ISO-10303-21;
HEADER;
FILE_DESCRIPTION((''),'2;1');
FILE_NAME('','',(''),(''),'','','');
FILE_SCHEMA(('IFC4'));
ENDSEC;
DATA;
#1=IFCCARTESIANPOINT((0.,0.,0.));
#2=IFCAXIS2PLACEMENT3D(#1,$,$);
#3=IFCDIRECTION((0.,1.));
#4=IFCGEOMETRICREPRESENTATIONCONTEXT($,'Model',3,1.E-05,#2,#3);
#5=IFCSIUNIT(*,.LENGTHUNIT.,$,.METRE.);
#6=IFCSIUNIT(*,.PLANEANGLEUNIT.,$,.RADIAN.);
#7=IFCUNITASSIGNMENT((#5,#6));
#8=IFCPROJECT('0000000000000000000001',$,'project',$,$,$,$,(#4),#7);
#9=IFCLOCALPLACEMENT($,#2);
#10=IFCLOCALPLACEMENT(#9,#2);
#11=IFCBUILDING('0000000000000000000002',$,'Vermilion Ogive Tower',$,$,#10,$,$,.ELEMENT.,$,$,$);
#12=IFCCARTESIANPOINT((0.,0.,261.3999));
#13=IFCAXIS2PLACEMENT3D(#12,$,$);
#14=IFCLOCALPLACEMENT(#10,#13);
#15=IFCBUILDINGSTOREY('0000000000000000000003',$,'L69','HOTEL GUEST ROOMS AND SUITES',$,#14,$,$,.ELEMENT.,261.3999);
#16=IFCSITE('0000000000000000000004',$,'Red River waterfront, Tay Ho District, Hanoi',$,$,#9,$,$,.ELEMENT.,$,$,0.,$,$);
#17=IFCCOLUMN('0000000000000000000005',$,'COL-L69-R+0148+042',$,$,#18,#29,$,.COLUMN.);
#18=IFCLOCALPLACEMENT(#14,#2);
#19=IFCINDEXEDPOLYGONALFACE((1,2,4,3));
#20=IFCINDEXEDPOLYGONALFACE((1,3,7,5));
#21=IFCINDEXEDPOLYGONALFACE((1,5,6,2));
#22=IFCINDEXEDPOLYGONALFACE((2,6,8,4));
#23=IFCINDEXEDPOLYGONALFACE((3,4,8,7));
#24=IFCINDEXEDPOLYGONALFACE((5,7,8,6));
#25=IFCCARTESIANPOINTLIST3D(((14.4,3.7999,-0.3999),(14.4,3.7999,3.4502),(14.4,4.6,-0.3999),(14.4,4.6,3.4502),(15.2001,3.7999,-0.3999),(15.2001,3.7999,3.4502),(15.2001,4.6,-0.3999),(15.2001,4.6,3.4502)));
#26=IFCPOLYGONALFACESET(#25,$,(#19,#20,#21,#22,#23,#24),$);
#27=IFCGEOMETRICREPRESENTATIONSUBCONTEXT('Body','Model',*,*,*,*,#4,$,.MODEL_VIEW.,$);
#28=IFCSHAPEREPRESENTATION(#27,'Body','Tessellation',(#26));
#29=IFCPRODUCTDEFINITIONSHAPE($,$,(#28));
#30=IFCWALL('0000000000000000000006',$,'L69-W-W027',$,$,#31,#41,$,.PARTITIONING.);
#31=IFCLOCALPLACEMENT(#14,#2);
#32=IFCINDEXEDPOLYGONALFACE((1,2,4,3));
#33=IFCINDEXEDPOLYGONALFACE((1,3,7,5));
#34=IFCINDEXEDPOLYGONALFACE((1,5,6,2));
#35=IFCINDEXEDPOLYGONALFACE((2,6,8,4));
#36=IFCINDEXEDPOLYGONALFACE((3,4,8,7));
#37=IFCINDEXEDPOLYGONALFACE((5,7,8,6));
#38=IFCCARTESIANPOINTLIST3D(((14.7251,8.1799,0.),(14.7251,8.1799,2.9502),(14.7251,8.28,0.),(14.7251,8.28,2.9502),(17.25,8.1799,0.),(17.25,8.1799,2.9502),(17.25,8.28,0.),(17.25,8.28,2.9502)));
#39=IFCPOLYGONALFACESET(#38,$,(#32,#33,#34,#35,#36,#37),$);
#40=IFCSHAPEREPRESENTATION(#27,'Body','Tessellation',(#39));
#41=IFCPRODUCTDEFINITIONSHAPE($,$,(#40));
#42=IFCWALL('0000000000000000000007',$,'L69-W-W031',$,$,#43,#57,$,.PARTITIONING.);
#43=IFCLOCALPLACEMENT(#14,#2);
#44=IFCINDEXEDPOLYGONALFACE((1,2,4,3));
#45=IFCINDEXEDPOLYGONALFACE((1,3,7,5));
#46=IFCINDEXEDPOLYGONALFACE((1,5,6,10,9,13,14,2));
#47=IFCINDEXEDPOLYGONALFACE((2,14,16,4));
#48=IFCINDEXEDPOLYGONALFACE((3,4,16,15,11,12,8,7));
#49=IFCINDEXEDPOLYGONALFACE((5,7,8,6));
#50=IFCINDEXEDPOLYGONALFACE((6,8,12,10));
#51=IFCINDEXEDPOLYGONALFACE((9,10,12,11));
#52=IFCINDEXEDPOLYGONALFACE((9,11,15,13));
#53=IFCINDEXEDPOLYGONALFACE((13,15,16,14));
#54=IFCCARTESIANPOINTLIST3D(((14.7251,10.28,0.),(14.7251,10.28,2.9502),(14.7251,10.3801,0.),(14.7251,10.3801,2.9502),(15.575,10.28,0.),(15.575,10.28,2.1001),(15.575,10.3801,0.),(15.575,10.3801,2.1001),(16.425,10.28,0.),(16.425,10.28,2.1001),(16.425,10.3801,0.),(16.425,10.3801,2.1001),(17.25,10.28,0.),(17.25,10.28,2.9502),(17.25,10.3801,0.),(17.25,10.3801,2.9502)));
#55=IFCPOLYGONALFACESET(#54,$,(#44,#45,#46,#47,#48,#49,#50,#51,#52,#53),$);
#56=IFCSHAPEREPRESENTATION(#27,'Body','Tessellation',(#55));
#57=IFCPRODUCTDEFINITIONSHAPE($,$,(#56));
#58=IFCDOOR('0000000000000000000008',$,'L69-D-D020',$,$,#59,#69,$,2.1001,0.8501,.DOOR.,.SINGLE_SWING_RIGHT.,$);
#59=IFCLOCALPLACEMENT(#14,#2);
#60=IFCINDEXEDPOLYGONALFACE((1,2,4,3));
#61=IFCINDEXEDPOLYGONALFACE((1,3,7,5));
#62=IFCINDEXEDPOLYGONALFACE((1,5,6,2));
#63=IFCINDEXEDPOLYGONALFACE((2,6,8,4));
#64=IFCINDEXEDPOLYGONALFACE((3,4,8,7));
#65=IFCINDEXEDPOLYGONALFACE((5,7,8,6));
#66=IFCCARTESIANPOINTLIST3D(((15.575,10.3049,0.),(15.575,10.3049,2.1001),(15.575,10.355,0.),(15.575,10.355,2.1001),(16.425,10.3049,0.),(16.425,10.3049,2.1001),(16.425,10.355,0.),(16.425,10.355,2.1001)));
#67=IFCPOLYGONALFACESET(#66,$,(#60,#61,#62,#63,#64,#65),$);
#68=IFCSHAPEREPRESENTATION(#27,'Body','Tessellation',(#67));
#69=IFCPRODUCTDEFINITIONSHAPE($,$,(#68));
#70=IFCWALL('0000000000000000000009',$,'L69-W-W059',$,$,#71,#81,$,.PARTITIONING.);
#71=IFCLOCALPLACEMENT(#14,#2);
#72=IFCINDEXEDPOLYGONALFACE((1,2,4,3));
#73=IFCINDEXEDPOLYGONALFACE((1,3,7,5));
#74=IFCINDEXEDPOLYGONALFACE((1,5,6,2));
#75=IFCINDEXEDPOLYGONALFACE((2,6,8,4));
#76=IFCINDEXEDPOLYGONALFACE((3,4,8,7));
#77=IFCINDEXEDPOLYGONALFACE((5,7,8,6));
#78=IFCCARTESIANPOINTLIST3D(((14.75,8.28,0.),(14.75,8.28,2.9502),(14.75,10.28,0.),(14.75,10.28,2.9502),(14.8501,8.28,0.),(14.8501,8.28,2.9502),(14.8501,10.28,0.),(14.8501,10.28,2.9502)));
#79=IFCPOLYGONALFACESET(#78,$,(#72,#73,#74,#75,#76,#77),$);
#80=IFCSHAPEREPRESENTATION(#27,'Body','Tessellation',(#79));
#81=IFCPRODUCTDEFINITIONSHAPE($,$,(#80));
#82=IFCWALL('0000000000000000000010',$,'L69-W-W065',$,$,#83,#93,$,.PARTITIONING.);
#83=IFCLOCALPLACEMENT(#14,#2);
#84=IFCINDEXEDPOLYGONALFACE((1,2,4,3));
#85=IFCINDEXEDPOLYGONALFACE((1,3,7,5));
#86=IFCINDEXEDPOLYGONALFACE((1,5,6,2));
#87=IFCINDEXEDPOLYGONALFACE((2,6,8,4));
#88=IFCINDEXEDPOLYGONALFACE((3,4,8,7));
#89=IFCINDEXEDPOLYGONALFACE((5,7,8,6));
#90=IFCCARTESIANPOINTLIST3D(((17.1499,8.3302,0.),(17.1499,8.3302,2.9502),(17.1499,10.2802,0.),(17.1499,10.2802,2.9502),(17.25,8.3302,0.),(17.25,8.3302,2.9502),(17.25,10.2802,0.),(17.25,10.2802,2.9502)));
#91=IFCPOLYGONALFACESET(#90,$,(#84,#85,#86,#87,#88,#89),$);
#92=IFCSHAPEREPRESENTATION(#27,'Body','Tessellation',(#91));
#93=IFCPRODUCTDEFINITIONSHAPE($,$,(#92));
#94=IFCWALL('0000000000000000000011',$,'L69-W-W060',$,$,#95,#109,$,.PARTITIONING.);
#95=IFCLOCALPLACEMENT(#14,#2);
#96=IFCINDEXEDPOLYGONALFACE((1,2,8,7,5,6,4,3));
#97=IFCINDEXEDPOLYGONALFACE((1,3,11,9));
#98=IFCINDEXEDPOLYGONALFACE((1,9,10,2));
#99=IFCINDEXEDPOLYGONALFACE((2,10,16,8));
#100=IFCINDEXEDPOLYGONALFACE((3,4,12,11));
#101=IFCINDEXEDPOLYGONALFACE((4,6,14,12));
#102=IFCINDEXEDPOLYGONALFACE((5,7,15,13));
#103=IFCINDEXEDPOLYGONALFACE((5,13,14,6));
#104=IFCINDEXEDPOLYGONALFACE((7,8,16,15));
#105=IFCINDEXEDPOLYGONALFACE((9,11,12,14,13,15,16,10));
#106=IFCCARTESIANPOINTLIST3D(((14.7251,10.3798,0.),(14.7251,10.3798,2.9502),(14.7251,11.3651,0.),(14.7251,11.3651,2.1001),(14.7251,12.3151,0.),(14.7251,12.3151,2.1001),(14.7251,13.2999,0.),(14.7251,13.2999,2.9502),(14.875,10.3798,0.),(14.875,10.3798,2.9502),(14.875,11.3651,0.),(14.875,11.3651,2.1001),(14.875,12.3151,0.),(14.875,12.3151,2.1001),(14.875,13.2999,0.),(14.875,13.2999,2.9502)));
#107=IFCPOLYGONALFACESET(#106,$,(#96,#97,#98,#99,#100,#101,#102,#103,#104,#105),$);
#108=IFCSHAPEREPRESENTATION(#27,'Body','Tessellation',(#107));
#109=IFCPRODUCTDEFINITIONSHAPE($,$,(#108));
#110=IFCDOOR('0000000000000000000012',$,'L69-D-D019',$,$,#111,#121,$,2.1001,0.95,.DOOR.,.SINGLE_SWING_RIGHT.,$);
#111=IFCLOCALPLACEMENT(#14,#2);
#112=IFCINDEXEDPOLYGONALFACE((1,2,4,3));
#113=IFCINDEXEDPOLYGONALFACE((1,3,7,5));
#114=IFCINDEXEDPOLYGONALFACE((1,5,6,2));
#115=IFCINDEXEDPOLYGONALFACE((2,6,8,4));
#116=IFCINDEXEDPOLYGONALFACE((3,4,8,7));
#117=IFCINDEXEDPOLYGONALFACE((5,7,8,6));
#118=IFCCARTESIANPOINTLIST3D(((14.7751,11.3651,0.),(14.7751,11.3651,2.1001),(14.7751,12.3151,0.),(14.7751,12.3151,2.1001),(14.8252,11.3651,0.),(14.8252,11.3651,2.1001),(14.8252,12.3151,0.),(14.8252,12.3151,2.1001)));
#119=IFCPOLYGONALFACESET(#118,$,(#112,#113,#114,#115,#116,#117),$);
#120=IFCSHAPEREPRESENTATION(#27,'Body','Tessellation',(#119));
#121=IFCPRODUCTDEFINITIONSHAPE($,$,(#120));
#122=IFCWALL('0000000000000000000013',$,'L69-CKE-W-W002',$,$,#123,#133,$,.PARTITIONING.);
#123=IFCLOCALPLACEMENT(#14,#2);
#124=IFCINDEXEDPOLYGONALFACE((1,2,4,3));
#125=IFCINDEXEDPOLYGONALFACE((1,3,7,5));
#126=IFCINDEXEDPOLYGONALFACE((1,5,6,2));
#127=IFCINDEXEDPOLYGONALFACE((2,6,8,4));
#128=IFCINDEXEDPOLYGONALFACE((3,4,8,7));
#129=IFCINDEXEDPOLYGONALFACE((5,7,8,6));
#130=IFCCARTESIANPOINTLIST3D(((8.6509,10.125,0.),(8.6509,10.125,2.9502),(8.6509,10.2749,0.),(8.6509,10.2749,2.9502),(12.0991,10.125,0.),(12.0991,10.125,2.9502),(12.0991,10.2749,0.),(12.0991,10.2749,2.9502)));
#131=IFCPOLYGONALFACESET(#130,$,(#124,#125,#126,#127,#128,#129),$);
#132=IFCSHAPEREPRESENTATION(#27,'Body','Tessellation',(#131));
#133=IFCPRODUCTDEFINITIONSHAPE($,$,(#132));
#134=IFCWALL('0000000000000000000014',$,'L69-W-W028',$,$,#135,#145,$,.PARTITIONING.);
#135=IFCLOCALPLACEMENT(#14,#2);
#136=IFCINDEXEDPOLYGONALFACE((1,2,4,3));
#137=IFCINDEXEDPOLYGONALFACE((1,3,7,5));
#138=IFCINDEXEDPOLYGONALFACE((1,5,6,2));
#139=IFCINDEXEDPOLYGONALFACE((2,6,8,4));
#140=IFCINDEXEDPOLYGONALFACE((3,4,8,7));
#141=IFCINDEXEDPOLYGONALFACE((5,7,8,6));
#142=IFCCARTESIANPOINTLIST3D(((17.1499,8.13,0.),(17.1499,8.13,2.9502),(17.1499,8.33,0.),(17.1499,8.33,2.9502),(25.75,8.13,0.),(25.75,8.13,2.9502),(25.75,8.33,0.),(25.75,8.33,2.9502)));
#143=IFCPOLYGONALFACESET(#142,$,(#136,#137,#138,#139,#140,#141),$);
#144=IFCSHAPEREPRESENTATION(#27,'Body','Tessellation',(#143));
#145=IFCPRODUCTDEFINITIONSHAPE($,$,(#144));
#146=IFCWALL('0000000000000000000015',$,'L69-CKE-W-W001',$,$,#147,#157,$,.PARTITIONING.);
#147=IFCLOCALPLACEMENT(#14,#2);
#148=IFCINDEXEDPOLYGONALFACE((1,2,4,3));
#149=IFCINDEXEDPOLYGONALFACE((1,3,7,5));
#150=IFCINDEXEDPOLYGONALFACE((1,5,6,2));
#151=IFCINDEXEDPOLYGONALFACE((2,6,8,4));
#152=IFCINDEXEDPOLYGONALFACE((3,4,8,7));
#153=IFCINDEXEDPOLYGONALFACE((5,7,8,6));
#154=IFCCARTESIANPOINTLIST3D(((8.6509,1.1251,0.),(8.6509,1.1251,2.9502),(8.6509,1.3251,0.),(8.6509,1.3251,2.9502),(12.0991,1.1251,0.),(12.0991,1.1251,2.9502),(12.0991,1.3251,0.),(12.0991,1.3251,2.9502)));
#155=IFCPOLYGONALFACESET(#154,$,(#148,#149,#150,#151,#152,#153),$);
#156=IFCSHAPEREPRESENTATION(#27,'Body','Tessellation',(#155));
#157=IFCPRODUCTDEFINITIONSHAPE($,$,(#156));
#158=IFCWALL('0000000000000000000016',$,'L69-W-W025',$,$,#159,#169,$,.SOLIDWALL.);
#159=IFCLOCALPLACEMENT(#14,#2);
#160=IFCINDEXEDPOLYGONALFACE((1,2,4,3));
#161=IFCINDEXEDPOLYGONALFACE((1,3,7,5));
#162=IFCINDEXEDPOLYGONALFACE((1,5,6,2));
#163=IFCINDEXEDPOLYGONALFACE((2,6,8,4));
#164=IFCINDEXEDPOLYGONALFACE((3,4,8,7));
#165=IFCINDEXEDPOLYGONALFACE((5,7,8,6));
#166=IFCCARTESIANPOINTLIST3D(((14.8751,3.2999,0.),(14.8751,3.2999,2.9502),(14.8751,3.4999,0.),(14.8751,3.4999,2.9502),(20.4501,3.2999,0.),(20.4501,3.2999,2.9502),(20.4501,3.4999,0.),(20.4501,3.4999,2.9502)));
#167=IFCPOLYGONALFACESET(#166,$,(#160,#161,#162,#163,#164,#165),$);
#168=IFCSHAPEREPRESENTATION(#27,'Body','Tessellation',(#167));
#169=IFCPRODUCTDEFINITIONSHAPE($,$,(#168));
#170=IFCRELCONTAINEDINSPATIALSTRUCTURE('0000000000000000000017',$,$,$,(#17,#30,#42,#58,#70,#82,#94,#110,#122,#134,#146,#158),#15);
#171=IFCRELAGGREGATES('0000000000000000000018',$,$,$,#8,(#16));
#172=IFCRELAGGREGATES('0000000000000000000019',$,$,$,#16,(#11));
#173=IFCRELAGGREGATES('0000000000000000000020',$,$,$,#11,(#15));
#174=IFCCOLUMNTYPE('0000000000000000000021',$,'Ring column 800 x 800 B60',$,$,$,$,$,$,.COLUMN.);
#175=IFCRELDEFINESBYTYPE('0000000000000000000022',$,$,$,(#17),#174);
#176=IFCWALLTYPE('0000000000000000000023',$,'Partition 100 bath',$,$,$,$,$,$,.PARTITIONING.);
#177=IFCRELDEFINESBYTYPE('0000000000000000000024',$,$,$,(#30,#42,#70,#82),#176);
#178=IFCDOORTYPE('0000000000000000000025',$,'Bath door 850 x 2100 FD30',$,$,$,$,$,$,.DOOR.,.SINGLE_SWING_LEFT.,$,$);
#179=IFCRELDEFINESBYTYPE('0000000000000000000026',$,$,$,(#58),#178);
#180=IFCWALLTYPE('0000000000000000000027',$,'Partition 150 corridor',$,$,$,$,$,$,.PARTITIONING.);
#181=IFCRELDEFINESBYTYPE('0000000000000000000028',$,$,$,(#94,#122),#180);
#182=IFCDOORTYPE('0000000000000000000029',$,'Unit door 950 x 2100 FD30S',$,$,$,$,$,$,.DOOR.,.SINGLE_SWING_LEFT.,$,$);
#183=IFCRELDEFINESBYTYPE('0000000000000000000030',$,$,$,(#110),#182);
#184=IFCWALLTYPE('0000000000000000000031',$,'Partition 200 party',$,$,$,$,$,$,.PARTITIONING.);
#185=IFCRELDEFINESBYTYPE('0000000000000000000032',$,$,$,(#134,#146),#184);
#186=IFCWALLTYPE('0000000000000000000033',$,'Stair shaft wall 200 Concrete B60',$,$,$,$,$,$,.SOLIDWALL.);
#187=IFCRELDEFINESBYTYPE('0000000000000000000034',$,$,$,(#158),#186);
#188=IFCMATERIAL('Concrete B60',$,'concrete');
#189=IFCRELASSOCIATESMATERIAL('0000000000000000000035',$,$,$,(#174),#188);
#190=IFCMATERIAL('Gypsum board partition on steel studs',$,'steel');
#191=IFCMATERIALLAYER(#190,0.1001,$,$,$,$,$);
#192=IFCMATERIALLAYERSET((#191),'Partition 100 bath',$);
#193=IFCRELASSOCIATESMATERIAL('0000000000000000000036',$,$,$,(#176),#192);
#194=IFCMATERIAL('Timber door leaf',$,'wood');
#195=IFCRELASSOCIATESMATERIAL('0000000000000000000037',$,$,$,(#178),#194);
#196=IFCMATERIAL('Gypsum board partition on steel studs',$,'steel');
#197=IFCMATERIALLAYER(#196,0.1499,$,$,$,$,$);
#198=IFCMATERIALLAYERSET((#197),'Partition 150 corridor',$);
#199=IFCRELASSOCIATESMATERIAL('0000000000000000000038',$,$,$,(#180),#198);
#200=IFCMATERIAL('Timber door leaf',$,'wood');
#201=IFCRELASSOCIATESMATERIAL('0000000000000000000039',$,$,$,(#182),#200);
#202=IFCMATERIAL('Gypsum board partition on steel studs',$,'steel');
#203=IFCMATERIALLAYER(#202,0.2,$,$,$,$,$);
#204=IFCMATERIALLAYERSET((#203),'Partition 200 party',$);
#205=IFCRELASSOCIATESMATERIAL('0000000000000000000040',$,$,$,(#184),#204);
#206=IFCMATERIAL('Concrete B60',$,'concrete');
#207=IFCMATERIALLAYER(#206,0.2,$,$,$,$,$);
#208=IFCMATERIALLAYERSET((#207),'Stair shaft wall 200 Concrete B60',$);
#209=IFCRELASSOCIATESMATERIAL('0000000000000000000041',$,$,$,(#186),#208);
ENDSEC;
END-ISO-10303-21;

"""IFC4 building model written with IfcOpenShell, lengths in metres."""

from ifc_helpers import new_model, si_unit, direction, frame, frame_2d, origin, origin_2d, place, context, subcontext, project, spatial, rectangle, extrude, material, layer, layer_set, material_profile, profile_set, type_object, element, fill, save


model = new_model("IFC4")

# Units and contexts
model_context = context("Model", 3, precision=1e-05, world=origin(), true_north=direction((0.0, 1.0)))
body_context = subcontext(model_context, "Body", "Model", "MODEL_VIEW")
ifc_project = project(units=[si_unit("LENGTHUNIT", "METRE"), si_unit("PLANEANGLEUNIT", "RADIAN")], contexts=[model_context])

# Site, building, storey
site_placement = place(None, origin())
site = spatial("IfcSite", under=ifc_project, at=site_placement, Name="Red River waterfront, Tay Ho District, Hanoi", CompositionType="ELEMENT", RefElevation=0.0)
building_placement = place(site_placement, origin())
building = spatial("IfcBuilding", under=site, at=building_placement, Name="Vermilion Ogive Tower", CompositionType="ELEMENT")
storey_placement = place(building_placement, frame((0.0, 0.0, 261.3999)))
storey = spatial("IfcBuildingStorey", under=building, at=storey_placement, Name="L69", Description="HOTEL GUEST ROOMS AND SUITES", CompositionType="ELEMENT", Elevation=261.3999)

# Column
ifc_material_1 = material(Name="Concrete B60", Category="concrete")
ifc_material_profile = material_profile(ifc_material_1, rectangle(XDim=0.8, YDim=0.8, at=origin_2d()), Name="800 x 800")
ifc_profile_set = profile_set([ifc_material_profile], Name="Concrete B60")
column_type = type_object("IfcColumnType", Name="Ring column 800 x 800 B60", PredefinedType="COLUMN", material=ifc_profile_set)
column_placement = place(storey_placement, frame((14.8, 4.2, -0.3999), z_axis=(0.0, 0.0, 1.0), x_axis=(1.0, 0.0, 0.0)))
element("IfcColumn", 1, at=column_placement, inside=storey, type_object=column_type, Name="COL-L69-R+0148+042", PredefinedType="COLUMN", context=body_context, shape_type="SweptSolid", body=[
    extrude(rectangle(XDim=0.8, YDim=0.8, at=origin_2d()), origin(), (0.0, 0.0, 1.0), 3.8501),
])

# Wall
ifc_material_2 = material(Name="Gypsum board partition on steel studs", Category="steel")
ifc_layer_1 = layer(ifc_material_2, 0.1001)
ifc_layer_set_1 = layer_set([ifc_layer_1], Name="Partition 100 bath")
wall_type_1 = type_object("IfcWallType", Name="Partition 100 bath", PredefinedType="PARTITIONING", material=ifc_layer_set_1)
wall_1_placement = place(storey_placement, frame((14.7251, 8.23, 0.0), z_axis=(0.0, 0.0, 1.0), x_axis=(1.0, 0.0, 0.0)))
element("IfcWall", 2, at=wall_1_placement, inside=storey, type_object=wall_type_1, Name="L69-W-W027", PredefinedType="PARTITIONING", context=body_context, shape_type="SweptSolid", body=[
    extrude(rectangle(XDim=2.5249, YDim=0.1001, at=frame_2d((1.2625, 0.0))), origin(), (0.0, 0.0, 1.0), 2.9502),
])

# Wall, opening, door
wall_2_placement = place(storey_placement, frame((14.7251, 10.3301, 0.0), z_axis=(0.0, 0.0, 1.0), x_axis=(1.0, 0.0, 0.0)))
wall_2 = element("IfcWall", 3, at=wall_2_placement, inside=storey, type_object=wall_type_1, Name="L69-W-W031", PredefinedType="PARTITIONING", context=body_context, shape_type="SweptSolid", body=[
    extrude(rectangle(XDim=2.5249, YDim=0.1001, at=frame_2d((1.2625, 0.0))), origin(), (0.0, 0.0, 1.0), 2.9502),
])
opening_1_placement = place(wall_2_placement, frame((0.8499, 0.0, 0.0)))
opening_1 = element("IfcOpeningElement", 4, at=opening_1_placement, cuts=wall_2, PredefinedType="OPENING", context=body_context, shape_type="SweptSolid", body=[
    extrude(rectangle(XDim=0.8501, YDim=2.1001, at=frame_2d((0.425, 1.05))), frame((0.0, 0.0601, 0.0), z_axis=(0.0, -1.0, 0.0), x_axis=(1.0, 0.0, 0.0)), (0.0, 0.0, 1.0), 0.1201),
])
ifc_material_3 = material(Name="Timber door leaf", Category="wood")
door_type_1 = type_object("IfcDoorType", Name="Bath door 850 x 2100 FD30", OperationType="SINGLE_SWING_LEFT", PredefinedType="DOOR", material=ifc_material_3)
door_1_placement = place(opening_1_placement, origin())
door_1 = element("IfcDoor", 5, at=door_1_placement, inside=storey, type_object=door_type_1, Name="L69-D-D020", OperationType="SINGLE_SWING_RIGHT", OverallHeight=2.1001, OverallWidth=0.8501, PredefinedType="DOOR", context=body_context, shape_type="SweptSolid", body=[
    extrude(rectangle(XDim=0.8501, YDim=2.1001, at=frame_2d((0.425, 1.05))), frame((0.0, 0.0249, 0.0), z_axis=(0.0, -1.0, 0.0), x_axis=(1.0, 0.0, 0.0)), (0.0, 0.0, 1.0), 0.05),
])
fill(opening_1, door_1)

# Walls
wall_3_placement = place(storey_placement, frame((14.8, 8.28, 0.0), z_axis=(0.0, 0.0, 1.0), x_axis=(0.0, 1.0, 0.0)))
element("IfcWall", 6, at=wall_3_placement, inside=storey, type_object=wall_type_1, Name="L69-W-W059", PredefinedType="PARTITIONING", context=body_context, shape_type="SweptSolid", body=[
    extrude(rectangle(XDim=2.0, YDim=0.1001, at=frame_2d((1.0, 0.0))), origin(), (0.0, 0.0, 1.0), 2.9502),
])
wall_4_placement = place(storey_placement, frame((17.2, 8.3301, 0.0), z_axis=(0.0, 0.0, 1.0), x_axis=(0.0, 1.0, 0.0)))
element("IfcWall", 7, at=wall_4_placement, inside=storey, type_object=wall_type_1, Name="L69-W-W065", PredefinedType="PARTITIONING", context=body_context, shape_type="SweptSolid", body=[
    extrude(rectangle(XDim=1.95, YDim=0.1001, at=frame_2d((0.9751, 0.0))), origin(), (0.0, 0.0, 1.0), 2.9502),
])

# Wall, opening, door
ifc_material_4 = material(Name="Gypsum board partition on steel studs", Category="steel")
ifc_layer_2 = layer(ifc_material_4, 0.1499)
ifc_layer_set_2 = layer_set([ifc_layer_2], Name="Partition 150 corridor")
wall_type_2 = type_object("IfcWallType", Name="Partition 150 corridor", PredefinedType="PARTITIONING", material=ifc_layer_set_2)
wall_5_placement = place(storey_placement, frame((14.8, 10.3799, 0.0), z_axis=(0.0, 0.0, 1.0), x_axis=(0.0, 1.0, 0.0)))
wall_5 = element("IfcWall", 8, at=wall_5_placement, inside=storey, type_object=wall_type_2, Name="L69-W-W060", PredefinedType="PARTITIONING", context=body_context, shape_type="SweptSolid", body=[
    extrude(rectangle(XDim=2.9202, YDim=0.1499, at=frame_2d((1.46, 0.0))), origin(), (0.0, 0.0, 1.0), 2.9502),
])
opening_2_placement = place(wall_5_placement, frame((0.9851, 0.0, 0.0)))
opening_2 = element("IfcOpeningElement", 9, at=opening_2_placement, cuts=wall_5, PredefinedType="OPENING", context=body_context, shape_type="SweptSolid", body=[
    extrude(rectangle(XDim=0.95, YDim=2.1001, at=frame_2d((0.4751, 1.05))), frame((0.0, 0.085, 0.0), z_axis=(0.0, -1.0, 0.0), x_axis=(1.0, 0.0, 0.0)), (0.0, 0.0, 1.0), 0.1699),
])
ifc_material_5 = material(Name="Timber door leaf", Category="wood")
door_type_2 = type_object("IfcDoorType", Name="Unit door 950 x 2100 FD30S", OperationType="SINGLE_SWING_LEFT", PredefinedType="DOOR", material=ifc_material_5)
door_2_placement = place(opening_2_placement, origin())
door_2 = element("IfcDoor", 10, at=door_2_placement, inside=storey, type_object=door_type_2, Name="L69-D-D019", OperationType="SINGLE_SWING_RIGHT", OverallHeight=2.1001, OverallWidth=0.95, PredefinedType="DOOR", context=body_context, shape_type="SweptSolid", body=[
    extrude(rectangle(XDim=0.95, YDim=2.1001, at=frame_2d((0.4751, 1.05))), frame((0.0, 0.0249, 0.0), z_axis=(0.0, -1.0, 0.0), x_axis=(1.0, 0.0, 0.0)), (0.0, 0.0, 1.0), 0.05),
])
fill(opening_2, door_2)

# Walls
wall_6_placement = place(storey_placement, frame((8.6509, 10.2, 0.0), z_axis=(0.0, 0.0, 1.0), x_axis=(1.0, 0.0, 0.0)))
element("IfcWall", 11, at=wall_6_placement, inside=storey, type_object=wall_type_2, Name="L69-CKE-W-W002", PredefinedType="PARTITIONING", context=body_context, shape_type="SweptSolid", body=[
    extrude(rectangle(XDim=3.4482, YDim=0.1499, at=frame_2d((1.7241, 0.0))), origin(), (0.0, 0.0, 1.0), 2.9502),
])
ifc_material_6 = material(Name="Gypsum board partition on steel studs", Category="steel")
ifc_layer_3 = layer(ifc_material_6, 0.2)
ifc_layer_set_3 = layer_set([ifc_layer_3], Name="Partition 200 party")
wall_type_3 = type_object("IfcWallType", Name="Partition 200 party", PredefinedType="PARTITIONING", material=ifc_layer_set_3)
wall_7_placement = place(storey_placement, frame((17.1499, 8.23, 0.0), z_axis=(0.0, 0.0, 1.0), x_axis=(1.0, 0.0, 0.0)))
element("IfcWall", 12, at=wall_7_placement, inside=storey, type_object=wall_type_3, Name="L69-W-W028", PredefinedType="PARTITIONING", context=body_context, shape_type="SweptSolid", body=[
    extrude(rectangle(XDim=8.6001, YDim=0.2, at=frame_2d((4.3, 0.0))), origin(), (0.0, 0.0, 1.0), 2.9502),
])
wall_8_placement = place(storey_placement, frame((8.6509, 1.2251, 0.0), z_axis=(0.0, 0.0, 1.0), x_axis=(1.0, 0.0, 0.0)))
element("IfcWall", 13, at=wall_8_placement, inside=storey, type_object=wall_type_3, Name="L69-CKE-W-W001", PredefinedType="PARTITIONING", context=body_context, shape_type="SweptSolid", body=[
    extrude(rectangle(XDim=3.4482, YDim=0.2, at=frame_2d((1.7241, 0.0))), origin(), (0.0, 0.0, 1.0), 2.9502),
])
ifc_material_7 = material(Name="Concrete B60", Category="concrete")
ifc_layer_4 = layer(ifc_material_7, 0.2)
ifc_layer_set_4 = layer_set([ifc_layer_4], Name="Stair shaft wall 200 Concrete B60")
wall_type_4 = type_object("IfcWallType", Name="Stair shaft wall 200 Concrete B60", PredefinedType="SOLIDWALL", material=ifc_layer_set_4)
wall_9_placement = place(storey_placement, frame((14.875, 3.3999, 0.0), z_axis=(0.0, 0.0, 1.0), x_axis=(1.0, 0.0, 0.0)))
element("IfcWall", 14, at=wall_9_placement, inside=storey, type_object=wall_type_4, Name="L69-W-W025", PredefinedType="SOLIDWALL", context=body_context, shape_type="SweptSolid", body=[
    extrude(rectangle(XDim=5.575, YDim=0.2, at=frame_2d((2.7876, 0.0))), origin(), (0.0, 0.0, 1.0), 2.9502),
])

save(model, "model.ifc")
